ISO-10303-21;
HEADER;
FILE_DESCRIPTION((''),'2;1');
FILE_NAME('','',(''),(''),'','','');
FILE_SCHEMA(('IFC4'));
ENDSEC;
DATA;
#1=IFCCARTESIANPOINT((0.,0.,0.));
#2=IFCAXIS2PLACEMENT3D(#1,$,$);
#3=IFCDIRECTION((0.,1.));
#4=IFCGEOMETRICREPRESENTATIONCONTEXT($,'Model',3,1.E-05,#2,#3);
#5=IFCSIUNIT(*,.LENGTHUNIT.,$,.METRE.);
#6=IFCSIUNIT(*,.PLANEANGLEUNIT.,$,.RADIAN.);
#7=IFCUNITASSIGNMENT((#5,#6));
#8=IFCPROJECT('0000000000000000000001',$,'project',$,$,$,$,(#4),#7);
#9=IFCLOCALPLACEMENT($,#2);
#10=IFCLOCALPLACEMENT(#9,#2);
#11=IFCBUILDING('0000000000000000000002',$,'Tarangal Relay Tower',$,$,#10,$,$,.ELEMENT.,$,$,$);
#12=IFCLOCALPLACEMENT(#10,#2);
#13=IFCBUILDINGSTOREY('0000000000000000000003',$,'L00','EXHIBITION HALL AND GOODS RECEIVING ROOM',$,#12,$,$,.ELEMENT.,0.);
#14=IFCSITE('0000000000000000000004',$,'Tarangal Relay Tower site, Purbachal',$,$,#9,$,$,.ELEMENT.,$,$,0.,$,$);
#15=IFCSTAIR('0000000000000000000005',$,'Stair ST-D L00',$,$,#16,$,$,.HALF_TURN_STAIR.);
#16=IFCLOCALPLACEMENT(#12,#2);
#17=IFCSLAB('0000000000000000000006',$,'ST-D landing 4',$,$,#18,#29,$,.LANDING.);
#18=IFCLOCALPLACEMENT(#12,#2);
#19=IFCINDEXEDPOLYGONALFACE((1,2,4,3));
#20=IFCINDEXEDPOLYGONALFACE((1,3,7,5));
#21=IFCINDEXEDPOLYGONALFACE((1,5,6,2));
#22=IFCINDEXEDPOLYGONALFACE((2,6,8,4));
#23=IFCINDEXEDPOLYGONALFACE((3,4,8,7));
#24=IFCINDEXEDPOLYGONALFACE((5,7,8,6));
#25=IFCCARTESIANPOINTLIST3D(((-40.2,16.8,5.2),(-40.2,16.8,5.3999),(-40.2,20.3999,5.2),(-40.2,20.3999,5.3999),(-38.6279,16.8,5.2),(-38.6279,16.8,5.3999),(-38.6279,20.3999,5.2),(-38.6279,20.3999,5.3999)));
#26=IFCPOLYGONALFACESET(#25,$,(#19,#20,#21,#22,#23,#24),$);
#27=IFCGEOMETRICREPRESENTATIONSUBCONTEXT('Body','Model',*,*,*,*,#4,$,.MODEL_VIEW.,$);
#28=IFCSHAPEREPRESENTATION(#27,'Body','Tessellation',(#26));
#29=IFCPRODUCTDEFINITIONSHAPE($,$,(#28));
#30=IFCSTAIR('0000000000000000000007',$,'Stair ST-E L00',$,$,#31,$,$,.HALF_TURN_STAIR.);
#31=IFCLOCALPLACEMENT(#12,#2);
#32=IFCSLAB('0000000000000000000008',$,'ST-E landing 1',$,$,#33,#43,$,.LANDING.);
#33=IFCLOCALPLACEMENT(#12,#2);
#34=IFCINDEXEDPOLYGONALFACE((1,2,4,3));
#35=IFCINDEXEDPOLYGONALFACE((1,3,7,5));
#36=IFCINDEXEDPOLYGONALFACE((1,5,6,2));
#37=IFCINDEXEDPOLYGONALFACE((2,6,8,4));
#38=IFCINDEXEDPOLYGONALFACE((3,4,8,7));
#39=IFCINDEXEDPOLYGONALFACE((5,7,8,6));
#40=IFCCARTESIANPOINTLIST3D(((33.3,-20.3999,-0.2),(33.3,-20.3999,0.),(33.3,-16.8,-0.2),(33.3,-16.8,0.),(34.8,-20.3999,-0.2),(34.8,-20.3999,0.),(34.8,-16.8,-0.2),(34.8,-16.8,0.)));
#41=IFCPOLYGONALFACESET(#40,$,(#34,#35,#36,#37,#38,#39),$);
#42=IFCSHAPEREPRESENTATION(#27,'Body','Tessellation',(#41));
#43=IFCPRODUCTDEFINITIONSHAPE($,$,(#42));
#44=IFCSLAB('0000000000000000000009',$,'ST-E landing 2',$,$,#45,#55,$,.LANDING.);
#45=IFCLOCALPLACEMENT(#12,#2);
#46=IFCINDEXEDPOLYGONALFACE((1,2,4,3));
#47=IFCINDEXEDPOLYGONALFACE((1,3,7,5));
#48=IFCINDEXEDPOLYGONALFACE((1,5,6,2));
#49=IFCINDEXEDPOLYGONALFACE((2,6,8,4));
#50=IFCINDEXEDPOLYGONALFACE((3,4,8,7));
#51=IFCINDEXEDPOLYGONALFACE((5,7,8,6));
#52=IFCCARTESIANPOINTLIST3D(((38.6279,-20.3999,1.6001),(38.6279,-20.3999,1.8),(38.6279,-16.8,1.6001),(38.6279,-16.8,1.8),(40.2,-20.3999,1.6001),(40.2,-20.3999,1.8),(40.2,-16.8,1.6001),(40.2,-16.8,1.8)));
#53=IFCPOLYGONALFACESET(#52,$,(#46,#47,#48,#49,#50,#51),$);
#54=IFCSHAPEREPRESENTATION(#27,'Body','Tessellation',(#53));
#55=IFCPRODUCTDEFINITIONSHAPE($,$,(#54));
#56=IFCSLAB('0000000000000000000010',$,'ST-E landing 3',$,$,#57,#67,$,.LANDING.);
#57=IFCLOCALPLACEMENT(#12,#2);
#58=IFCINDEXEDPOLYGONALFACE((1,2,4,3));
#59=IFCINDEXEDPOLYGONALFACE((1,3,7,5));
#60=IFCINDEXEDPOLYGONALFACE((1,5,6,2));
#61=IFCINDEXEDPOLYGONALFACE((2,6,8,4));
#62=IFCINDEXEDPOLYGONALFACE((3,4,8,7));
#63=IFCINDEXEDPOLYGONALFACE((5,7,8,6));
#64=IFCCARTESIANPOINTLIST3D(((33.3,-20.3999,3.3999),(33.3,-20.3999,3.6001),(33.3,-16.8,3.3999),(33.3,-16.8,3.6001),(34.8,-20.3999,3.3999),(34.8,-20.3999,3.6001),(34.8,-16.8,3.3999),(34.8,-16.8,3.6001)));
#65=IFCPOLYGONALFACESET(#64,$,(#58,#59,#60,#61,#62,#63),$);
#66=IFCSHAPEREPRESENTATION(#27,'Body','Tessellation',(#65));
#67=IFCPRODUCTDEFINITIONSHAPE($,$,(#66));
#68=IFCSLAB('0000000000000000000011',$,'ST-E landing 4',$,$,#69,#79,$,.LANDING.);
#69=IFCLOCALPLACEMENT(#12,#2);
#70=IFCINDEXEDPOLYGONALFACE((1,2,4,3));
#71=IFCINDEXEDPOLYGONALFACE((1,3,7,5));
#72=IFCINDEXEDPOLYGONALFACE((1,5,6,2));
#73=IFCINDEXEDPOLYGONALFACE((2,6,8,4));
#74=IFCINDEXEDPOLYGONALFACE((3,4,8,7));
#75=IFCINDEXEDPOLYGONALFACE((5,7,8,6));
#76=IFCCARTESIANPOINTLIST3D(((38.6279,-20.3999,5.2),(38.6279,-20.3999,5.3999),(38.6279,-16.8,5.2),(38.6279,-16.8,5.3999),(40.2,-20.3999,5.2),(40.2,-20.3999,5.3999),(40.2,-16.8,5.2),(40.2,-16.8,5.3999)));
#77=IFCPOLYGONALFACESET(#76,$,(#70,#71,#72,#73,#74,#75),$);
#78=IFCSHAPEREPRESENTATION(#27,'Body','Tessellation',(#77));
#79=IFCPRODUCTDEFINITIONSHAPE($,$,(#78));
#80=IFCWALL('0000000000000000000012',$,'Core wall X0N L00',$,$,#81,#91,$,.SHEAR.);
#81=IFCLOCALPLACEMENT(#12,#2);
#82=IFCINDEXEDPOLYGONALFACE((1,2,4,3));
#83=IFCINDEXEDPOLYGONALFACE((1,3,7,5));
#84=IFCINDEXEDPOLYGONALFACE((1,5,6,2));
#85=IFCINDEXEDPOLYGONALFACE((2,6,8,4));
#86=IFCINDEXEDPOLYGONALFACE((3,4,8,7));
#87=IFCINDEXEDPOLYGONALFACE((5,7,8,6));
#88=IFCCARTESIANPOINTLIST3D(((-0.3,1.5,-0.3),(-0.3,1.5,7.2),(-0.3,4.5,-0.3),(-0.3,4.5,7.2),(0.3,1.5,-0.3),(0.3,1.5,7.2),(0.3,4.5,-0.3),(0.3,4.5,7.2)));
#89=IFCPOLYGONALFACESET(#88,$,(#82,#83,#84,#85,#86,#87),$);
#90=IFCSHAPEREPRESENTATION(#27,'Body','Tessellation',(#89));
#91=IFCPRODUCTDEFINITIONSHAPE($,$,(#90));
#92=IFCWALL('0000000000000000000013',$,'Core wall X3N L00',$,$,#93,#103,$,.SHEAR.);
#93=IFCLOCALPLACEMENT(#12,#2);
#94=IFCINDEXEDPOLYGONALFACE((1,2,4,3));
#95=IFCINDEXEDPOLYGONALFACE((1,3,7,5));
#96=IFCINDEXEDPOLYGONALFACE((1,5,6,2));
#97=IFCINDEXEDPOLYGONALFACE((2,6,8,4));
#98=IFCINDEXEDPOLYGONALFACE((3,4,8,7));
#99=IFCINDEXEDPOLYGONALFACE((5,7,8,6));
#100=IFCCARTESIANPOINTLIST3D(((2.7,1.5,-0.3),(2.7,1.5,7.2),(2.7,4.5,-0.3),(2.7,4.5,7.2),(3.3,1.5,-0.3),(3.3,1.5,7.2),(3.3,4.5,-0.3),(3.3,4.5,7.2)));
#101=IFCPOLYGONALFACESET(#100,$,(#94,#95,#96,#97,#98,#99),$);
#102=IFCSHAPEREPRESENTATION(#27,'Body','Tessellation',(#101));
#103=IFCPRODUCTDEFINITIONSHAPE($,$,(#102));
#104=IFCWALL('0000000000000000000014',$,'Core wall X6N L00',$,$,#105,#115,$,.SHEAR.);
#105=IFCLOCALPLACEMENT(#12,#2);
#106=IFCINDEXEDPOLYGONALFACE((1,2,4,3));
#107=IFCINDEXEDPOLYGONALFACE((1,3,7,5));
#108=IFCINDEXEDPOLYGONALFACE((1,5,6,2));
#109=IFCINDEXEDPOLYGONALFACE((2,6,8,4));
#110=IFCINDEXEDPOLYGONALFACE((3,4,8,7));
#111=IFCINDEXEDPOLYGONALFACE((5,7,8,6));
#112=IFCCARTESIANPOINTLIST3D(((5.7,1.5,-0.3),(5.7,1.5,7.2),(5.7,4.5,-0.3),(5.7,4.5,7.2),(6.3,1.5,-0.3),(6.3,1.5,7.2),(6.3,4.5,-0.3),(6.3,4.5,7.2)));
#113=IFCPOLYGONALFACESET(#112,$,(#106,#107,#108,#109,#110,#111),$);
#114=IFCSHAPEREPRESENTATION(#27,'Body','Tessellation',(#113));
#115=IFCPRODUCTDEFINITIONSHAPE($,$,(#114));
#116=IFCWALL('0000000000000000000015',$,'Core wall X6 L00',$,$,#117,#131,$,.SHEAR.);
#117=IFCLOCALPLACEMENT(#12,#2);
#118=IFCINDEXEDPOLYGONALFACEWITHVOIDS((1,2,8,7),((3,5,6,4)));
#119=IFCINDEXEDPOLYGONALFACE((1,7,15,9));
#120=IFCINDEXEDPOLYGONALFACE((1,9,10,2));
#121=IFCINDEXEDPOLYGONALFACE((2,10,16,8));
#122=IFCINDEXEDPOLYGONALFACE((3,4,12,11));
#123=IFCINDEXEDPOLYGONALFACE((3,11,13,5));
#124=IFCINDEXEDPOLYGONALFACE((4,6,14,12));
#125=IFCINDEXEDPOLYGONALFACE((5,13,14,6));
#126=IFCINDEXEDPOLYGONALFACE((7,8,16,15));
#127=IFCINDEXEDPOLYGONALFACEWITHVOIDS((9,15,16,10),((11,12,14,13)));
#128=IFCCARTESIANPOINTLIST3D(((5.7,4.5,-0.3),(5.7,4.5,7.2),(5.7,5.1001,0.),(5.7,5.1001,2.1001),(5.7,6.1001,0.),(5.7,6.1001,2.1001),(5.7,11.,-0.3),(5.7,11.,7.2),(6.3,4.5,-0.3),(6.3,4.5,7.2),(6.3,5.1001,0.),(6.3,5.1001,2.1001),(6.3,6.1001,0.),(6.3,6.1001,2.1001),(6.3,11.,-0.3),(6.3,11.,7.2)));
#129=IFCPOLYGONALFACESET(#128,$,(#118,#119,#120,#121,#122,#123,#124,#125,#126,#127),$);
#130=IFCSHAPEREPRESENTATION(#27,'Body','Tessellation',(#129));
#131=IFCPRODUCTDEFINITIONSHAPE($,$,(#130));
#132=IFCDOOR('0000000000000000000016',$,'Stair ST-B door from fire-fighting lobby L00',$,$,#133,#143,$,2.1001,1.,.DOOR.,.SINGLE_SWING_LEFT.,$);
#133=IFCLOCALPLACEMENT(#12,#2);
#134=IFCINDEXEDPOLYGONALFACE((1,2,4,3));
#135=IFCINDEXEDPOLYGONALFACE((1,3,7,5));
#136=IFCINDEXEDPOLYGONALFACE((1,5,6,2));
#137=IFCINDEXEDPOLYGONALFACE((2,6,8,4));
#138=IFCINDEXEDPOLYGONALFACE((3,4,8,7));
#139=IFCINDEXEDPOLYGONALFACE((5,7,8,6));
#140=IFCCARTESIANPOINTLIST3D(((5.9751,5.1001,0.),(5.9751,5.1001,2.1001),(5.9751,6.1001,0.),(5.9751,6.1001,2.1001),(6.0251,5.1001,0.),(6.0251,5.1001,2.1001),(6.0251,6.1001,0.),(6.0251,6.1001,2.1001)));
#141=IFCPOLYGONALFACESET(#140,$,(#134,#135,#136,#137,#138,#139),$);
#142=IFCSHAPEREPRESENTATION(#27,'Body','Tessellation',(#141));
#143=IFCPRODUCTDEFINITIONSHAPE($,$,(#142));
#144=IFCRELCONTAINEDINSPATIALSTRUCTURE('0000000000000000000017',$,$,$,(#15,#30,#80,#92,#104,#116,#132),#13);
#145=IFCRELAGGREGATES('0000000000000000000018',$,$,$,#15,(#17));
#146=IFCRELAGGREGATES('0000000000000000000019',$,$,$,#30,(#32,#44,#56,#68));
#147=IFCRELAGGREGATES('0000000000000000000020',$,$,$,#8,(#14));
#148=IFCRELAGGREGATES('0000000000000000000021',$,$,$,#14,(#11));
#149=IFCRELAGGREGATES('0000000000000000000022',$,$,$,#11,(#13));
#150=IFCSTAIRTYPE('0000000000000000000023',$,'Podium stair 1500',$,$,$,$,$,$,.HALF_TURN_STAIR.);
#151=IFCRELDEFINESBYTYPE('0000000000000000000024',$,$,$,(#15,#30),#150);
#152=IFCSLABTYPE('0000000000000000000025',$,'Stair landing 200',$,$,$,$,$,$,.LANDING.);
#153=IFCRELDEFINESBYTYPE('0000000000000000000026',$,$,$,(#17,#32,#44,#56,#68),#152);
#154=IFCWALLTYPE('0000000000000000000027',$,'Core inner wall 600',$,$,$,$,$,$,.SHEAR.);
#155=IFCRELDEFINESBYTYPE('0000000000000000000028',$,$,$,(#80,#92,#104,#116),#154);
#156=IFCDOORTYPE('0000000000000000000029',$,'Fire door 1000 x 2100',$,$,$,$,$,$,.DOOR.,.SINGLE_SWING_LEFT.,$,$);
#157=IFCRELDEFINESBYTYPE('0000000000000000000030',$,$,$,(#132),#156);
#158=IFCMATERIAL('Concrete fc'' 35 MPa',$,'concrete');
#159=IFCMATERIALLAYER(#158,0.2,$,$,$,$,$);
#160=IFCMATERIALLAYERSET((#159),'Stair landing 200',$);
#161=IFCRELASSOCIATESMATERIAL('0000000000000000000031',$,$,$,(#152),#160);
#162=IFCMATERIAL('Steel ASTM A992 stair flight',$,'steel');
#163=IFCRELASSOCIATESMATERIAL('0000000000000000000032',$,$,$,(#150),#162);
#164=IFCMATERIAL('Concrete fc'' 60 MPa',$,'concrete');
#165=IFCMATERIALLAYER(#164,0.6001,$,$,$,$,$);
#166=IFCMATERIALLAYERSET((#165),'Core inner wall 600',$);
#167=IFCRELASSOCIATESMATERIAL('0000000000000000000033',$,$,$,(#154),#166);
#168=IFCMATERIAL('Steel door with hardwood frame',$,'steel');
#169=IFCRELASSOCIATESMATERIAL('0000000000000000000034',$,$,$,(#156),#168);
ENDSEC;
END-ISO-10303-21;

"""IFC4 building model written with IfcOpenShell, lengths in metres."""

from ifc_helpers import new_model, si_unit, direction, frame, frame_2d, origin, place, context, subcontext, project, spatial, polyline, rectangle, outline, extrude, material, layer, layer_set, type_object, element, fill, aggregate, save


model = new_model("IFC4")

# Units and contexts
model_context = context("Model", 3, precision=1e-05, world=origin(), true_north=direction((0.0, 1.0)))
body_context = subcontext(model_context, "Body", "Model", "MODEL_VIEW")
ifc_project = project(units=[si_unit("LENGTHUNIT", "METRE"), si_unit("PLANEANGLEUNIT", "RADIAN")], contexts=[model_context])

# Site, building, storey
site_placement = place(None, origin())
site = spatial("IfcSite", under=ifc_project, at=site_placement, Name="Tarangal Relay Tower site, Purbachal", CompositionType="ELEMENT", RefElevation=0.0)
building_placement = place(site_placement, origin())
building = spatial("IfcBuilding", under=site, at=building_placement, Name="Tarangal Relay Tower", CompositionType="ELEMENT")
storey_placement = place(building_placement, origin())
storey = spatial("IfcBuildingStorey", under=building, at=storey_placement, Name="L00", Description="EXHIBITION HALL AND GOODS RECEIVING ROOM", CompositionType="ELEMENT", Elevation=0.0)

# Shared definitions
ifc_material_1 = material(Name="Steel ASTM A992 stair flight", Category="steel")
ifc_material_2 = material(Name="Concrete fc' 35 MPa", Category="concrete")
ifc_layer_1 = layer(ifc_material_2, 0.2)
ifc_layer_set_1 = layer_set([ifc_layer_1], Name="Stair landing 200")
slab_type = type_object("IfcSlabType", Name="Stair landing 200", PredefinedType="LANDING", material=ifc_layer_set_1)

# Stairs, slabs
stair_type_1 = type_object("IfcStairType", Name="Podium stair 1500", PredefinedType="HALF_TURN_STAIR", material=ifc_material_1)
stair_1_placement = place(storey_placement, origin())
stair_1 = element("IfcStair", 1, at=stair_1_placement, inside=storey, type_object=stair_type_1, Name="Stair ST-D L00", PredefinedType="HALF_TURN_STAIR")
slab_1_placement = place(storey_placement, frame((0.0, 0.0, 5.2)))
slab_1 = element("IfcSlab", 2, at=slab_1_placement, type_object=slab_type, Name="ST-D landing 4", PredefinedType="LANDING", context=body_context, shape_type="SweptSolid", body=[
    extrude(outline(polyline([(-38.6279, 16.8), (-38.6279, 20.3999), (-40.2, 20.3999), (-40.2, 16.8), (-38.6279, 16.8)])), origin(), (0.0, 0.0, 1.0), 0.2),
])
aggregate(stair_1, [slab_1])
stair_2_placement = place(storey_placement, origin())
stair_2 = element("IfcStair", 3, at=stair_2_placement, inside=storey, type_object=stair_type_1, Name="Stair ST-E L00", PredefinedType="HALF_TURN_STAIR")
slab_2_placement = place(storey_placement, frame((0.0, 0.0, -0.2)))
slab_2 = element("IfcSlab", 4, at=slab_2_placement, type_object=slab_type, Name="ST-E landing 1", PredefinedType="LANDING", context=body_context, shape_type="SweptSolid", body=[
    extrude(outline(polyline([(34.8, -20.3999), (34.8, -16.8), (33.3, -16.8), (33.3, -20.3999), (34.8, -20.3999)])), origin(), (0.0, 0.0, 1.0), 0.2),
])
slab_3_placement = place(storey_placement, frame((0.0, 0.0, 1.6001)))
slab_3 = element("IfcSlab", 5, at=slab_3_placement, type_object=slab_type, Name="ST-E landing 2", PredefinedType="LANDING", context=body_context, shape_type="SweptSolid", body=[
    extrude(outline(polyline([(40.2, -20.3999), (40.2, -16.8), (38.6279, -16.8), (38.6279, -20.3999), (40.2, -20.3999)])), origin(), (0.0, 0.0, 1.0), 0.2),
])
slab_4_placement = place(storey_placement, frame((0.0, 0.0, 3.3999)))
slab_4 = element("IfcSlab", 6, at=slab_4_placement, type_object=slab_type, Name="ST-E landing 3", PredefinedType="LANDING", context=body_context, shape_type="SweptSolid", body=[
    extrude(outline(polyline([(34.8, -20.3999), (34.8, -16.8), (33.3, -16.8), (33.3, -20.3999), (34.8, -20.3999)])), origin(), (0.0, 0.0, 1.0), 0.2002),
])
slab_5_placement = place(storey_placement, frame((0.0, 0.0, 5.2)))
slab_5 = element("IfcSlab", 7, at=slab_5_placement, type_object=slab_type, Name="ST-E landing 4", PredefinedType="LANDING", context=body_context, shape_type="SweptSolid", body=[
    extrude(outline(polyline([(40.2, -20.3999), (40.2, -16.8), (38.6279, -16.8), (38.6279, -20.3999), (40.2, -20.3999)])), origin(), (0.0, 0.0, 1.0), 0.2),
])
aggregate(stair_2, [slab_2, slab_3, slab_4, slab_5])

# Walls
ifc_material_3 = material(Name="Concrete fc' 60 MPa", Category="concrete")
ifc_layer_2 = layer(ifc_material_3, 0.6001)
ifc_layer_set_2 = layer_set([ifc_layer_2], Name="Core inner wall 600")
wall_type = type_object("IfcWallType", Name="Core inner wall 600", PredefinedType="SHEAR", material=ifc_layer_set_2)
for number, where, z_axis, x_axis, name in (
    (8, (0.0, 1.5, -0.3), (0.0, 0.0, 1.0), (0.0, 1.0, 0.0), "Core wall X0N L00"),
    (9, (3.0, 1.5, -0.3), (0.0, 0.0, 1.0), (0.0, 1.0, 0.0), "Core wall X3N L00"),
    (10, (6.0, 1.5, -0.3), (0.0, 0.0, 1.0), (0.0, 1.0, 0.0), "Core wall X6N L00"),
):
    element("IfcWall", number, at=place(storey_placement, frame(where, z_axis=z_axis, x_axis=x_axis)), inside=storey, type_object=wall_type, Name=name, PredefinedType="SHEAR", context=body_context, shape_type="SweptSolid", body=[
        extrude(rectangle(XDim=3.0, YDim=0.6001, at=frame_2d((1.5, 0.0))), origin(), (0.0, 0.0, 1.0), 7.5),
    ])

# Wall, opening, door
wall_placement = place(storey_placement, frame((6.0, 4.5, -0.3), z_axis=(0.0, 0.0, 1.0), x_axis=(0.0, 1.0, 0.0)))
wall = element("IfcWall", 11, at=wall_placement, inside=storey, type_object=wall_type, Name="Core wall X6 L00", PredefinedType="SHEAR", context=body_context, shape_type="SweptSolid", body=[
    extrude(rectangle(XDim=6.5, YDim=0.6001, at=frame_2d((3.25, 0.0))), origin(), (0.0, 0.0, 1.0), 7.5),
])
opening_placement = place(wall_placement, frame((0.6001, 0.0, 0.3)))
opening = element("IfcOpeningElement", 12, at=opening_placement, cuts=wall, PredefinedType="OPENING", context=body_context, shape_type="SweptSolid", body=[
    extrude(rectangle(XDim=1.0, YDim=2.1001, at=frame_2d((0.5, 1.05))), frame((0.0, 0.3101, 0.0), z_axis=(0.0, -1.0, 0.0), x_axis=(1.0, 0.0, 0.0)), (0.0, 0.0, 1.0), 0.6201),
])
ifc_material_4 = material(Name="Steel door with hardwood frame", Category="steel")
door_type = type_object("IfcDoorType", Name="Fire door 1000 x 2100", OperationType="SINGLE_SWING_LEFT", PredefinedType="DOOR", material=ifc_material_4)
door_placement = place(opening_placement, origin())
door = element("IfcDoor", 13, at=door_placement, inside=storey, type_object=door_type, Name="Stair ST-B door from fire-fighting lobby L00", OperationType="SINGLE_SWING_LEFT", OverallHeight=2.1001, OverallWidth=1.0, PredefinedType="DOOR", context=body_context, shape_type="SweptSolid", body=[
    extrude(rectangle(XDim=1.0, YDim=2.1001, at=frame_2d((0.5, 1.05))), frame((0.0, 0.0249, 0.0), z_axis=(0.0, -1.0, 0.0), x_axis=(1.0, 0.0, 0.0)), (0.0, 0.0, 1.0), 0.05),
])
fill(opening, door)

save(model, "model.ifc")
